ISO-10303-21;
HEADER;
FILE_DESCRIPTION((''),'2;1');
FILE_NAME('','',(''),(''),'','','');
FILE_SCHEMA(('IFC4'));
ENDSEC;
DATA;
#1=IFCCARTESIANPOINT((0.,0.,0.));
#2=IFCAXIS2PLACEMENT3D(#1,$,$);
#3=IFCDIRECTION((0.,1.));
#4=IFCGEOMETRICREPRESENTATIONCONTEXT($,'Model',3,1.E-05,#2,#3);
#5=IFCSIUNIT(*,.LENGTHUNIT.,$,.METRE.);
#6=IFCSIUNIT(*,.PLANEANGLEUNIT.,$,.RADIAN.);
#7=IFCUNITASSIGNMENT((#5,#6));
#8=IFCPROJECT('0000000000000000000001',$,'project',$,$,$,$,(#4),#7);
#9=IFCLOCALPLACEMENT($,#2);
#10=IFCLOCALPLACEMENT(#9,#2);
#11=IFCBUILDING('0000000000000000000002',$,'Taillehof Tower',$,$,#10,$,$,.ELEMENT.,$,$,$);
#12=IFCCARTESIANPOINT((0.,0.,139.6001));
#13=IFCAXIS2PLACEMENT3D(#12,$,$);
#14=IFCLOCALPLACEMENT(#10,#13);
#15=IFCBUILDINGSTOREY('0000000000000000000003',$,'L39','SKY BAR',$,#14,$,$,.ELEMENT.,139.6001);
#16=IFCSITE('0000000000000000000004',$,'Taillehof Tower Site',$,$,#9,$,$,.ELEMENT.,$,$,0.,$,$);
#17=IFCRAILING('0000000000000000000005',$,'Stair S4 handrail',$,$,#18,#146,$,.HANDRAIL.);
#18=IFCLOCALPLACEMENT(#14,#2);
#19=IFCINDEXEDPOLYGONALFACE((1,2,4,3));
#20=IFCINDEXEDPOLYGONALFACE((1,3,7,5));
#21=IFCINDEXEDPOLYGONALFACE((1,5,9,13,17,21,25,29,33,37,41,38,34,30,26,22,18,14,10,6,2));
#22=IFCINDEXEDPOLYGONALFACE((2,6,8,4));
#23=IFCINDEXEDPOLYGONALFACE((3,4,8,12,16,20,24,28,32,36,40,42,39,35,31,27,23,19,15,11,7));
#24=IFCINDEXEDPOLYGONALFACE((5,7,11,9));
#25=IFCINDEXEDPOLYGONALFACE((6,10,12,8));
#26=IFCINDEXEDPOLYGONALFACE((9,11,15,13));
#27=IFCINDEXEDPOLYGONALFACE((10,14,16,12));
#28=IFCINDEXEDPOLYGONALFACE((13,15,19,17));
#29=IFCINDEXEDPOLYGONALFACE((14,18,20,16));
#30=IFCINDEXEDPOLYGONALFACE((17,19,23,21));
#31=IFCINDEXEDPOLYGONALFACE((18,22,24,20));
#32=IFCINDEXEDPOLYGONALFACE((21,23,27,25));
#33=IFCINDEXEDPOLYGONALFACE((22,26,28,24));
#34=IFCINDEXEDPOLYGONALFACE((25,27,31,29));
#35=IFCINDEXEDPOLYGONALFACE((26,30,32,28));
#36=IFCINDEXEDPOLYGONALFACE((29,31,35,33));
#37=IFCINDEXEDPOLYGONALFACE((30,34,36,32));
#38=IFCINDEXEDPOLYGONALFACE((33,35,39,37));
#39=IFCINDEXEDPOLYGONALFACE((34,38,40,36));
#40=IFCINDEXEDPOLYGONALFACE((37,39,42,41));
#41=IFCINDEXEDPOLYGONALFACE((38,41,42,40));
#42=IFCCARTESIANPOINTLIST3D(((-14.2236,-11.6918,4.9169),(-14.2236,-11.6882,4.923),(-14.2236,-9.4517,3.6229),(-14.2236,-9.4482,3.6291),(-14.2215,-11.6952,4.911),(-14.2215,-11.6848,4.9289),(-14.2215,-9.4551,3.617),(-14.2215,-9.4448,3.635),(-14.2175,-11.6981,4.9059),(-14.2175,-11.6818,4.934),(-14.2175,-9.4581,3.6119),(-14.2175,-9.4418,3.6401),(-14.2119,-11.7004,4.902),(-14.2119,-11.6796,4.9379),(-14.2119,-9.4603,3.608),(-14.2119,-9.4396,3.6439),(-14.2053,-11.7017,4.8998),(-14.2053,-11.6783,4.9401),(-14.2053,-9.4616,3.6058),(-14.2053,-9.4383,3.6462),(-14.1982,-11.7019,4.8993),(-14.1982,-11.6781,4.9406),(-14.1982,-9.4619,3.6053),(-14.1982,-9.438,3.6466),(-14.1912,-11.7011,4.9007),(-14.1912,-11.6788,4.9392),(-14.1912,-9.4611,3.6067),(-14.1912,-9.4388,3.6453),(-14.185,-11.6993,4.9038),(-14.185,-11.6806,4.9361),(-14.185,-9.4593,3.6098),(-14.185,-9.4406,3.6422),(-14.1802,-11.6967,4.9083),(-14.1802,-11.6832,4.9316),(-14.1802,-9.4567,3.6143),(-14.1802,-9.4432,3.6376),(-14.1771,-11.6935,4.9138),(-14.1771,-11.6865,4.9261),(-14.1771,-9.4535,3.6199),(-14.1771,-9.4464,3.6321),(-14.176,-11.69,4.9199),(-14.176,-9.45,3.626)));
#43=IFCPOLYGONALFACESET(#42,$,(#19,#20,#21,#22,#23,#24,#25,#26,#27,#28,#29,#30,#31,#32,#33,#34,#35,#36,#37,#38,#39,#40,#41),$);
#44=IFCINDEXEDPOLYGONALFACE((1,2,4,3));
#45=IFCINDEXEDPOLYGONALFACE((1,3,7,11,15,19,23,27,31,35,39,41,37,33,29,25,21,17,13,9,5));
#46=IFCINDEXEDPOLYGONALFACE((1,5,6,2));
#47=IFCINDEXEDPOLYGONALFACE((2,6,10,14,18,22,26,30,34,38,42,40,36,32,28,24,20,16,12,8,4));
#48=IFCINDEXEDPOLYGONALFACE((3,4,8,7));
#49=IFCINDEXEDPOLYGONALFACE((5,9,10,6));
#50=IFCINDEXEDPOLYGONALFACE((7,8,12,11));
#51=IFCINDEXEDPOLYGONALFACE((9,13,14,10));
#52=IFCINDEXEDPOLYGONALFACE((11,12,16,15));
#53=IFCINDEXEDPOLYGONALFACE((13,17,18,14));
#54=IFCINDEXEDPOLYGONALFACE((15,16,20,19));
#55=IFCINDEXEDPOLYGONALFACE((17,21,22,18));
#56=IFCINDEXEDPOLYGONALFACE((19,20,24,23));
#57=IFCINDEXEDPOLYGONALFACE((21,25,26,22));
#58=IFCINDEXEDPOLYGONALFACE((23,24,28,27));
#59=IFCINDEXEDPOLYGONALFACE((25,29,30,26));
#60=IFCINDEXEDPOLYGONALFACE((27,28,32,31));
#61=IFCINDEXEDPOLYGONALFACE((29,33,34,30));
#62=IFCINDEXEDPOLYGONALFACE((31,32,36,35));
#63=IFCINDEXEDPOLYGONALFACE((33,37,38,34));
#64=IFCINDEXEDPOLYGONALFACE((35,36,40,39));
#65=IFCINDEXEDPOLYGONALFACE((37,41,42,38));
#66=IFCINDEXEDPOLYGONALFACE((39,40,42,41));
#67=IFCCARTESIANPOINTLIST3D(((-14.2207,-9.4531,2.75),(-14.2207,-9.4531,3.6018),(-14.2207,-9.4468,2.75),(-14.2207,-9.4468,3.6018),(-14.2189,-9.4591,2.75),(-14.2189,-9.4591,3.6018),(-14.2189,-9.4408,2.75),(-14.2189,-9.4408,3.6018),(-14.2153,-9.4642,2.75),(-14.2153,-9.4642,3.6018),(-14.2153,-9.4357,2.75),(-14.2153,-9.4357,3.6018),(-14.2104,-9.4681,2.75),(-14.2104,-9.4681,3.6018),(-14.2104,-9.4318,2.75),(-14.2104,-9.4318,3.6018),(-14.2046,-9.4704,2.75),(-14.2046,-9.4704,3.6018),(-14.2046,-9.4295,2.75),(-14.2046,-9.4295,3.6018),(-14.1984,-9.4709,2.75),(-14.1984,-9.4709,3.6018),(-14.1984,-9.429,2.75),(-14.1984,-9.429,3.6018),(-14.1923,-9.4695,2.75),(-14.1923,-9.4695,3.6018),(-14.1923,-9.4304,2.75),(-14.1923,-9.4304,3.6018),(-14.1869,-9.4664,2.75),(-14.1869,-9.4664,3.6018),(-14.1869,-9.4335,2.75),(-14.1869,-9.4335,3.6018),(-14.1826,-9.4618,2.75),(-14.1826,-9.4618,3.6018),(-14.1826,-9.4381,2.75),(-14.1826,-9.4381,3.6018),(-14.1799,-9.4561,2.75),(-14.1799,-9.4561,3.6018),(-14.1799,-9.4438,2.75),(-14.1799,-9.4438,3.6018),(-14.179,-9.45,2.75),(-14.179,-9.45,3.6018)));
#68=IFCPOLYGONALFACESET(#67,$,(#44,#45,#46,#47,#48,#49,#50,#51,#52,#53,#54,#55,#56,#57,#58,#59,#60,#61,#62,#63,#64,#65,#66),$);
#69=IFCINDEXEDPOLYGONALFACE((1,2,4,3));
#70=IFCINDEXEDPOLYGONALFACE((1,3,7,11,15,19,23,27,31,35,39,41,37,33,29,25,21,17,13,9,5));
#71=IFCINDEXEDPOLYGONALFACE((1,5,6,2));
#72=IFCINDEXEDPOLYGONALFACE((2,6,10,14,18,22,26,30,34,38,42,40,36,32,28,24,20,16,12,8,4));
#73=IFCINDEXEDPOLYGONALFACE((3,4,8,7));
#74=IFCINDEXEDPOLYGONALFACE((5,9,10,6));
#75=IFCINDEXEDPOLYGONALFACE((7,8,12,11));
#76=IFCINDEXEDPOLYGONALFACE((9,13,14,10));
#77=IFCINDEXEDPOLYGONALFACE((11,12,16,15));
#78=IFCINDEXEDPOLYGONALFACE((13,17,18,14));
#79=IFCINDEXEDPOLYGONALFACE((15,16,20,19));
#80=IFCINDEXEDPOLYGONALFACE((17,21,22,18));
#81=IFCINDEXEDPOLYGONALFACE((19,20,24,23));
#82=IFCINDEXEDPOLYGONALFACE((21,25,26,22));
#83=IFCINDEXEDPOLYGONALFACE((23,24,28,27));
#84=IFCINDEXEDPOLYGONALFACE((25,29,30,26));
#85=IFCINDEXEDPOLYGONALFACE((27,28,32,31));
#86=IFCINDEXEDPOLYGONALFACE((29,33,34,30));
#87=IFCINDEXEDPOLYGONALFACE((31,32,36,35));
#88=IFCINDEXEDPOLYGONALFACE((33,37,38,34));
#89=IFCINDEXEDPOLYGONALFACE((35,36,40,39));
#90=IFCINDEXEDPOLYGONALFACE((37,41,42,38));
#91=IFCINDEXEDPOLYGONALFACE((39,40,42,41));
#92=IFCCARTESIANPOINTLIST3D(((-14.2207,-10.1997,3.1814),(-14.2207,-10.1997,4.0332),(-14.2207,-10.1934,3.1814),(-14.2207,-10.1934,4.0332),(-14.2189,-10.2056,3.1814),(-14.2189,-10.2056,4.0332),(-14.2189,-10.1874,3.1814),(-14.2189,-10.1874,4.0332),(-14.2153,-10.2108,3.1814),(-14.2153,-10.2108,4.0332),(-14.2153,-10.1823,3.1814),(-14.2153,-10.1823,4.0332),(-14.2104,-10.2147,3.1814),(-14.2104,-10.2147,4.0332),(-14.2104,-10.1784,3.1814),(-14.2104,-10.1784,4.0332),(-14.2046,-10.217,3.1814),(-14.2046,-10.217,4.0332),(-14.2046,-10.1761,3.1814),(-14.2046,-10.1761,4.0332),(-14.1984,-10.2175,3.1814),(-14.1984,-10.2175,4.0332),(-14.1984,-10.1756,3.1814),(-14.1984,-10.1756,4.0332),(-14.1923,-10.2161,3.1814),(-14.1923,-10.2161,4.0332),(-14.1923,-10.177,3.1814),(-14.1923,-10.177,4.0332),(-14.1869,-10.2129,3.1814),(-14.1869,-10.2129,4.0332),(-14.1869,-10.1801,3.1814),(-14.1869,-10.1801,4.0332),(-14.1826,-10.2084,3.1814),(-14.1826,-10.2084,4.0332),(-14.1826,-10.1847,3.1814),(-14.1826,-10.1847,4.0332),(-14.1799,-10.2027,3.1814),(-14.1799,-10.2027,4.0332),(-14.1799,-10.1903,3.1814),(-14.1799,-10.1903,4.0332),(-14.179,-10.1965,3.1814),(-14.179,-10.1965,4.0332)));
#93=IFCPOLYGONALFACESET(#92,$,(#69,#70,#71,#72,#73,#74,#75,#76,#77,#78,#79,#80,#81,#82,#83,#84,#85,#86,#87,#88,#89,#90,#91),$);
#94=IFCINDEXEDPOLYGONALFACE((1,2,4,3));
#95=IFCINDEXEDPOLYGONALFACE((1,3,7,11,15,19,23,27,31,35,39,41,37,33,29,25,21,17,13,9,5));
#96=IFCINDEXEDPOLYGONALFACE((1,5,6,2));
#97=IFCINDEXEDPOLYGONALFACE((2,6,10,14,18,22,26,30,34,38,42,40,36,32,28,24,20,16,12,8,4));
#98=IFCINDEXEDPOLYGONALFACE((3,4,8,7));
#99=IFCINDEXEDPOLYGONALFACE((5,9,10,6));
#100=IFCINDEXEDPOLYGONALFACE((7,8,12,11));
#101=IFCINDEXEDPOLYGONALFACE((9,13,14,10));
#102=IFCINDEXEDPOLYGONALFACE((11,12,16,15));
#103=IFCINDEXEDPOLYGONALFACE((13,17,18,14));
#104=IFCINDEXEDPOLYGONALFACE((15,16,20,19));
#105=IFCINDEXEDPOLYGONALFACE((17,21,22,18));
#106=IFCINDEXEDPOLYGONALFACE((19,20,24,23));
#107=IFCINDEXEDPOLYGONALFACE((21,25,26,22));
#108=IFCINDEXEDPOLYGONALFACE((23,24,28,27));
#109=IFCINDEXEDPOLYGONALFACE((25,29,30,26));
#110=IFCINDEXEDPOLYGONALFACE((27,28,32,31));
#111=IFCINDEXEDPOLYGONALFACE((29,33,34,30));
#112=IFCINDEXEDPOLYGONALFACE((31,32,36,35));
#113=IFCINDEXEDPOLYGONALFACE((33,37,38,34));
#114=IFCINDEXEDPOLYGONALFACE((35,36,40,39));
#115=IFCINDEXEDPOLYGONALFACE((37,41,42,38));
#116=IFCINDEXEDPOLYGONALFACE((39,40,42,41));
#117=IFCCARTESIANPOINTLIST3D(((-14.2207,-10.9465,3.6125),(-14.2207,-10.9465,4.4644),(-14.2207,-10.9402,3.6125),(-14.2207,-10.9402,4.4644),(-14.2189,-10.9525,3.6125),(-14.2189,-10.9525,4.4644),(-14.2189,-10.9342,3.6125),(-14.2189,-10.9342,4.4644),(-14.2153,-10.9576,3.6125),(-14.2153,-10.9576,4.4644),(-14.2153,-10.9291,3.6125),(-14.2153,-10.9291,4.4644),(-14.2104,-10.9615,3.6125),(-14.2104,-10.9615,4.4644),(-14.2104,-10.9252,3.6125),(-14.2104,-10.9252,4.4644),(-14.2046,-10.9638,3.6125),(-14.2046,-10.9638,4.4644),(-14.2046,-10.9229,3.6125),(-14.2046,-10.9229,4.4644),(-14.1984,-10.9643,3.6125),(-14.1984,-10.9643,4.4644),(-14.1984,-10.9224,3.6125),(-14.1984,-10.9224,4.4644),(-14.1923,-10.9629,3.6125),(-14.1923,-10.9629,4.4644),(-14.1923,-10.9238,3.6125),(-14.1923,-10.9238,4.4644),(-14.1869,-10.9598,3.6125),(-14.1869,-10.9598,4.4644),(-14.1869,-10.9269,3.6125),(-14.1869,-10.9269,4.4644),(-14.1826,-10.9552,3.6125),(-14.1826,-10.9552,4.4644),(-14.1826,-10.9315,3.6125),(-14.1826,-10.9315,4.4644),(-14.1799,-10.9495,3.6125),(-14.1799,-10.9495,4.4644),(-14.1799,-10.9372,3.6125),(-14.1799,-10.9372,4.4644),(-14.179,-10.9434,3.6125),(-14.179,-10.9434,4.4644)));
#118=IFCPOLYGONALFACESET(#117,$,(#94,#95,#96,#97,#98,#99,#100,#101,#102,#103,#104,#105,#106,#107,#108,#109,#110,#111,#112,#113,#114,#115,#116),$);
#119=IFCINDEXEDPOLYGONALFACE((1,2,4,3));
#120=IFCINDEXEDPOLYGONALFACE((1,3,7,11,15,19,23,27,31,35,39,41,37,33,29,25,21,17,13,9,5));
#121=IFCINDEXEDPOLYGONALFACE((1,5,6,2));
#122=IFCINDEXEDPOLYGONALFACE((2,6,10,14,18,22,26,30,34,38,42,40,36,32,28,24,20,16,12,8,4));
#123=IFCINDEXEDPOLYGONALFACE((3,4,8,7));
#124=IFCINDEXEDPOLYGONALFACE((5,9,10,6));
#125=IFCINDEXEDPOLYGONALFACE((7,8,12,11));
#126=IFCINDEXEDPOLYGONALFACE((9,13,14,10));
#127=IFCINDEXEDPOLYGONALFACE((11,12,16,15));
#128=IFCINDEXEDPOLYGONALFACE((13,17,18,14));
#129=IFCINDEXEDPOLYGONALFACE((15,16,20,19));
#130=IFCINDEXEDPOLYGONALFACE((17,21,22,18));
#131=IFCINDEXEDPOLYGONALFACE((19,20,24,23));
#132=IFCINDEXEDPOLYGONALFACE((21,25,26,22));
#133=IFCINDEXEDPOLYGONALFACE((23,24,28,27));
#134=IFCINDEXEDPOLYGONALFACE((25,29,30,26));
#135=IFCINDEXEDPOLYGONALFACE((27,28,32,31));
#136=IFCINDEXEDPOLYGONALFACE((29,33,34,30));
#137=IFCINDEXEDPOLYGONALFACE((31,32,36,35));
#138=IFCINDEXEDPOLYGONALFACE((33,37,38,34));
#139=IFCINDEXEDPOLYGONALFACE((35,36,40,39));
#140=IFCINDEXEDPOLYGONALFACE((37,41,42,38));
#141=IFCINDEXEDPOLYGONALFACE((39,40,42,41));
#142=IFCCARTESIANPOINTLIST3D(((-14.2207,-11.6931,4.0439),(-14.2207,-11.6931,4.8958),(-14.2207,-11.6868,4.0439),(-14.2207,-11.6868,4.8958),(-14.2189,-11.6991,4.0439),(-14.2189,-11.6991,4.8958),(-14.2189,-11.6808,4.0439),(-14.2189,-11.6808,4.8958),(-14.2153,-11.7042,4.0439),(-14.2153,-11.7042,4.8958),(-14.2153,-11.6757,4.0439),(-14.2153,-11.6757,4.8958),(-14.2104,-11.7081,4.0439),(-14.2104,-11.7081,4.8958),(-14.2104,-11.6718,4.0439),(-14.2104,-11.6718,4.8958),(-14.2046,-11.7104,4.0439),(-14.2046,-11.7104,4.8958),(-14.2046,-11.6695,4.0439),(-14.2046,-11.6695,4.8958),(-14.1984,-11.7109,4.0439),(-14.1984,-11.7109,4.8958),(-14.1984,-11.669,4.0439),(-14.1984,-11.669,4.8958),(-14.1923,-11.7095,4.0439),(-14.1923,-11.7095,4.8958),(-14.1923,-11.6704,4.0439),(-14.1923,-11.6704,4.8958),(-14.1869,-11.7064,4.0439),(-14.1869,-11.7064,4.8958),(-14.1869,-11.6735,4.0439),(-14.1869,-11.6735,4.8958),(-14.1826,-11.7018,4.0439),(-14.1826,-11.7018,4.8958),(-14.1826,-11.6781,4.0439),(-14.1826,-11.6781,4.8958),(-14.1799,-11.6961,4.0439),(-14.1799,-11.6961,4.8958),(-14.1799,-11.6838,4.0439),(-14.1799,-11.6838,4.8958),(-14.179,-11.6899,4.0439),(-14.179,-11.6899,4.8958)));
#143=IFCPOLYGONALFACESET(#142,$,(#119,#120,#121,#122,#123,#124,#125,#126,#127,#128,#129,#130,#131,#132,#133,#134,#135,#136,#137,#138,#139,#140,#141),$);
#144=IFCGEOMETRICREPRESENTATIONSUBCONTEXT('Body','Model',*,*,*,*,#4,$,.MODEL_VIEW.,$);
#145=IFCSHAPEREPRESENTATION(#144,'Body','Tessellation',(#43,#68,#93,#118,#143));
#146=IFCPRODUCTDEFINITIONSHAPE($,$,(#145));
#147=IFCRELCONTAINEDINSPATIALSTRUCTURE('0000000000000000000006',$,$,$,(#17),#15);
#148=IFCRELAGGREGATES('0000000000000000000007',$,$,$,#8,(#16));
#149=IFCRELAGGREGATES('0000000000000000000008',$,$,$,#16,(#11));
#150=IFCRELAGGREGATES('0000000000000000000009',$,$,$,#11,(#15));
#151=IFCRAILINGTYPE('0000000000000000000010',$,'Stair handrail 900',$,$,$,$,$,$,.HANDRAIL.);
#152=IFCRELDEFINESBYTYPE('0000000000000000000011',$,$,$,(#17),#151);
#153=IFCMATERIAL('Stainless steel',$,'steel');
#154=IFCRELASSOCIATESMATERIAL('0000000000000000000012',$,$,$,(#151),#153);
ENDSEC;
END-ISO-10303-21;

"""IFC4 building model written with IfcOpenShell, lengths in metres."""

from ifc_helpers import new_model, si_unit, direction, frame, origin, origin_2d, place, context, subcontext, project, spatial, circle, extrude, material, type_object, element, save


model = new_model("IFC4")

# Units and contexts
model_context = context("Model", 3, precision=1e-05, world=origin(), true_north=direction((0.0, 1.0)))
body_context = subcontext(model_context, "Body", "Model", "MODEL_VIEW")
ifc_project = project(units=[si_unit("LENGTHUNIT", "METRE"), si_unit("PLANEANGLEUNIT", "RADIAN")], contexts=[model_context])

# Site, building, storey
site_placement = place(None, origin())
site = spatial("IfcSite", under=ifc_project, at=site_placement, Name="Taillehof Tower Site", CompositionType="ELEMENT", RefElevation=0.0)
building_placement = place(site_placement, origin())
building = spatial("IfcBuilding", under=site, at=building_placement, Name="Taillehof Tower", CompositionType="ELEMENT")
storey_placement = place(building_placement, frame((0.0, 0.0, 139.6001)))
storey = spatial("IfcBuildingStorey", under=building, at=storey_placement, Name="L39", Description="SKY BAR", CompositionType="ELEMENT", Elevation=139.6001)

# Railing
ifc_material_1 = material(Name="Stainless steel", Category="steel")
railing_type = type_object("IfcRailingType", Name="Stair handrail 900", PredefinedType="HANDRAIL", material=ifc_material_1)
railing_placement = place(storey_placement, frame((-14.2, -9.45, 2.75)))
element("IfcRailing", 1, at=railing_placement, inside=storey, type_object=railing_type, Name="Stair S4 handrail", PredefinedType="HANDRAIL", context=body_context, shape_type="SweptSolid", body=[
    extrude(circle(Radius=0.0239, at=origin_2d()), frame((0.0, 0.0, 0.876), z_axis=(0.0, -0.86591, 0.500199), x_axis=(1.0, 0.0, 0.0)), (0.0, 0.0, 1.0), 2.5869),
    extrude(circle(Radius=0.021, at=origin_2d()), origin(), (0.0, 0.0, 1.0), 0.8518),
    extrude(circle(Radius=0.021, at=origin_2d()), frame((0.0, -0.7466, 0.4314)), (0.0, 0.0, 1.0), 0.8518),
    extrude(circle(Radius=0.021, at=origin_2d()), frame((0.0, -1.4934, 0.8625)), (0.0, 0.0, 1.0), 0.8518),
    extrude(circle(Radius=0.021, at=origin_2d()), frame((0.0, -2.24, 1.2939)), (0.0, 0.0, 1.0), 0.8518),
])

save(model, "model.ifc")
